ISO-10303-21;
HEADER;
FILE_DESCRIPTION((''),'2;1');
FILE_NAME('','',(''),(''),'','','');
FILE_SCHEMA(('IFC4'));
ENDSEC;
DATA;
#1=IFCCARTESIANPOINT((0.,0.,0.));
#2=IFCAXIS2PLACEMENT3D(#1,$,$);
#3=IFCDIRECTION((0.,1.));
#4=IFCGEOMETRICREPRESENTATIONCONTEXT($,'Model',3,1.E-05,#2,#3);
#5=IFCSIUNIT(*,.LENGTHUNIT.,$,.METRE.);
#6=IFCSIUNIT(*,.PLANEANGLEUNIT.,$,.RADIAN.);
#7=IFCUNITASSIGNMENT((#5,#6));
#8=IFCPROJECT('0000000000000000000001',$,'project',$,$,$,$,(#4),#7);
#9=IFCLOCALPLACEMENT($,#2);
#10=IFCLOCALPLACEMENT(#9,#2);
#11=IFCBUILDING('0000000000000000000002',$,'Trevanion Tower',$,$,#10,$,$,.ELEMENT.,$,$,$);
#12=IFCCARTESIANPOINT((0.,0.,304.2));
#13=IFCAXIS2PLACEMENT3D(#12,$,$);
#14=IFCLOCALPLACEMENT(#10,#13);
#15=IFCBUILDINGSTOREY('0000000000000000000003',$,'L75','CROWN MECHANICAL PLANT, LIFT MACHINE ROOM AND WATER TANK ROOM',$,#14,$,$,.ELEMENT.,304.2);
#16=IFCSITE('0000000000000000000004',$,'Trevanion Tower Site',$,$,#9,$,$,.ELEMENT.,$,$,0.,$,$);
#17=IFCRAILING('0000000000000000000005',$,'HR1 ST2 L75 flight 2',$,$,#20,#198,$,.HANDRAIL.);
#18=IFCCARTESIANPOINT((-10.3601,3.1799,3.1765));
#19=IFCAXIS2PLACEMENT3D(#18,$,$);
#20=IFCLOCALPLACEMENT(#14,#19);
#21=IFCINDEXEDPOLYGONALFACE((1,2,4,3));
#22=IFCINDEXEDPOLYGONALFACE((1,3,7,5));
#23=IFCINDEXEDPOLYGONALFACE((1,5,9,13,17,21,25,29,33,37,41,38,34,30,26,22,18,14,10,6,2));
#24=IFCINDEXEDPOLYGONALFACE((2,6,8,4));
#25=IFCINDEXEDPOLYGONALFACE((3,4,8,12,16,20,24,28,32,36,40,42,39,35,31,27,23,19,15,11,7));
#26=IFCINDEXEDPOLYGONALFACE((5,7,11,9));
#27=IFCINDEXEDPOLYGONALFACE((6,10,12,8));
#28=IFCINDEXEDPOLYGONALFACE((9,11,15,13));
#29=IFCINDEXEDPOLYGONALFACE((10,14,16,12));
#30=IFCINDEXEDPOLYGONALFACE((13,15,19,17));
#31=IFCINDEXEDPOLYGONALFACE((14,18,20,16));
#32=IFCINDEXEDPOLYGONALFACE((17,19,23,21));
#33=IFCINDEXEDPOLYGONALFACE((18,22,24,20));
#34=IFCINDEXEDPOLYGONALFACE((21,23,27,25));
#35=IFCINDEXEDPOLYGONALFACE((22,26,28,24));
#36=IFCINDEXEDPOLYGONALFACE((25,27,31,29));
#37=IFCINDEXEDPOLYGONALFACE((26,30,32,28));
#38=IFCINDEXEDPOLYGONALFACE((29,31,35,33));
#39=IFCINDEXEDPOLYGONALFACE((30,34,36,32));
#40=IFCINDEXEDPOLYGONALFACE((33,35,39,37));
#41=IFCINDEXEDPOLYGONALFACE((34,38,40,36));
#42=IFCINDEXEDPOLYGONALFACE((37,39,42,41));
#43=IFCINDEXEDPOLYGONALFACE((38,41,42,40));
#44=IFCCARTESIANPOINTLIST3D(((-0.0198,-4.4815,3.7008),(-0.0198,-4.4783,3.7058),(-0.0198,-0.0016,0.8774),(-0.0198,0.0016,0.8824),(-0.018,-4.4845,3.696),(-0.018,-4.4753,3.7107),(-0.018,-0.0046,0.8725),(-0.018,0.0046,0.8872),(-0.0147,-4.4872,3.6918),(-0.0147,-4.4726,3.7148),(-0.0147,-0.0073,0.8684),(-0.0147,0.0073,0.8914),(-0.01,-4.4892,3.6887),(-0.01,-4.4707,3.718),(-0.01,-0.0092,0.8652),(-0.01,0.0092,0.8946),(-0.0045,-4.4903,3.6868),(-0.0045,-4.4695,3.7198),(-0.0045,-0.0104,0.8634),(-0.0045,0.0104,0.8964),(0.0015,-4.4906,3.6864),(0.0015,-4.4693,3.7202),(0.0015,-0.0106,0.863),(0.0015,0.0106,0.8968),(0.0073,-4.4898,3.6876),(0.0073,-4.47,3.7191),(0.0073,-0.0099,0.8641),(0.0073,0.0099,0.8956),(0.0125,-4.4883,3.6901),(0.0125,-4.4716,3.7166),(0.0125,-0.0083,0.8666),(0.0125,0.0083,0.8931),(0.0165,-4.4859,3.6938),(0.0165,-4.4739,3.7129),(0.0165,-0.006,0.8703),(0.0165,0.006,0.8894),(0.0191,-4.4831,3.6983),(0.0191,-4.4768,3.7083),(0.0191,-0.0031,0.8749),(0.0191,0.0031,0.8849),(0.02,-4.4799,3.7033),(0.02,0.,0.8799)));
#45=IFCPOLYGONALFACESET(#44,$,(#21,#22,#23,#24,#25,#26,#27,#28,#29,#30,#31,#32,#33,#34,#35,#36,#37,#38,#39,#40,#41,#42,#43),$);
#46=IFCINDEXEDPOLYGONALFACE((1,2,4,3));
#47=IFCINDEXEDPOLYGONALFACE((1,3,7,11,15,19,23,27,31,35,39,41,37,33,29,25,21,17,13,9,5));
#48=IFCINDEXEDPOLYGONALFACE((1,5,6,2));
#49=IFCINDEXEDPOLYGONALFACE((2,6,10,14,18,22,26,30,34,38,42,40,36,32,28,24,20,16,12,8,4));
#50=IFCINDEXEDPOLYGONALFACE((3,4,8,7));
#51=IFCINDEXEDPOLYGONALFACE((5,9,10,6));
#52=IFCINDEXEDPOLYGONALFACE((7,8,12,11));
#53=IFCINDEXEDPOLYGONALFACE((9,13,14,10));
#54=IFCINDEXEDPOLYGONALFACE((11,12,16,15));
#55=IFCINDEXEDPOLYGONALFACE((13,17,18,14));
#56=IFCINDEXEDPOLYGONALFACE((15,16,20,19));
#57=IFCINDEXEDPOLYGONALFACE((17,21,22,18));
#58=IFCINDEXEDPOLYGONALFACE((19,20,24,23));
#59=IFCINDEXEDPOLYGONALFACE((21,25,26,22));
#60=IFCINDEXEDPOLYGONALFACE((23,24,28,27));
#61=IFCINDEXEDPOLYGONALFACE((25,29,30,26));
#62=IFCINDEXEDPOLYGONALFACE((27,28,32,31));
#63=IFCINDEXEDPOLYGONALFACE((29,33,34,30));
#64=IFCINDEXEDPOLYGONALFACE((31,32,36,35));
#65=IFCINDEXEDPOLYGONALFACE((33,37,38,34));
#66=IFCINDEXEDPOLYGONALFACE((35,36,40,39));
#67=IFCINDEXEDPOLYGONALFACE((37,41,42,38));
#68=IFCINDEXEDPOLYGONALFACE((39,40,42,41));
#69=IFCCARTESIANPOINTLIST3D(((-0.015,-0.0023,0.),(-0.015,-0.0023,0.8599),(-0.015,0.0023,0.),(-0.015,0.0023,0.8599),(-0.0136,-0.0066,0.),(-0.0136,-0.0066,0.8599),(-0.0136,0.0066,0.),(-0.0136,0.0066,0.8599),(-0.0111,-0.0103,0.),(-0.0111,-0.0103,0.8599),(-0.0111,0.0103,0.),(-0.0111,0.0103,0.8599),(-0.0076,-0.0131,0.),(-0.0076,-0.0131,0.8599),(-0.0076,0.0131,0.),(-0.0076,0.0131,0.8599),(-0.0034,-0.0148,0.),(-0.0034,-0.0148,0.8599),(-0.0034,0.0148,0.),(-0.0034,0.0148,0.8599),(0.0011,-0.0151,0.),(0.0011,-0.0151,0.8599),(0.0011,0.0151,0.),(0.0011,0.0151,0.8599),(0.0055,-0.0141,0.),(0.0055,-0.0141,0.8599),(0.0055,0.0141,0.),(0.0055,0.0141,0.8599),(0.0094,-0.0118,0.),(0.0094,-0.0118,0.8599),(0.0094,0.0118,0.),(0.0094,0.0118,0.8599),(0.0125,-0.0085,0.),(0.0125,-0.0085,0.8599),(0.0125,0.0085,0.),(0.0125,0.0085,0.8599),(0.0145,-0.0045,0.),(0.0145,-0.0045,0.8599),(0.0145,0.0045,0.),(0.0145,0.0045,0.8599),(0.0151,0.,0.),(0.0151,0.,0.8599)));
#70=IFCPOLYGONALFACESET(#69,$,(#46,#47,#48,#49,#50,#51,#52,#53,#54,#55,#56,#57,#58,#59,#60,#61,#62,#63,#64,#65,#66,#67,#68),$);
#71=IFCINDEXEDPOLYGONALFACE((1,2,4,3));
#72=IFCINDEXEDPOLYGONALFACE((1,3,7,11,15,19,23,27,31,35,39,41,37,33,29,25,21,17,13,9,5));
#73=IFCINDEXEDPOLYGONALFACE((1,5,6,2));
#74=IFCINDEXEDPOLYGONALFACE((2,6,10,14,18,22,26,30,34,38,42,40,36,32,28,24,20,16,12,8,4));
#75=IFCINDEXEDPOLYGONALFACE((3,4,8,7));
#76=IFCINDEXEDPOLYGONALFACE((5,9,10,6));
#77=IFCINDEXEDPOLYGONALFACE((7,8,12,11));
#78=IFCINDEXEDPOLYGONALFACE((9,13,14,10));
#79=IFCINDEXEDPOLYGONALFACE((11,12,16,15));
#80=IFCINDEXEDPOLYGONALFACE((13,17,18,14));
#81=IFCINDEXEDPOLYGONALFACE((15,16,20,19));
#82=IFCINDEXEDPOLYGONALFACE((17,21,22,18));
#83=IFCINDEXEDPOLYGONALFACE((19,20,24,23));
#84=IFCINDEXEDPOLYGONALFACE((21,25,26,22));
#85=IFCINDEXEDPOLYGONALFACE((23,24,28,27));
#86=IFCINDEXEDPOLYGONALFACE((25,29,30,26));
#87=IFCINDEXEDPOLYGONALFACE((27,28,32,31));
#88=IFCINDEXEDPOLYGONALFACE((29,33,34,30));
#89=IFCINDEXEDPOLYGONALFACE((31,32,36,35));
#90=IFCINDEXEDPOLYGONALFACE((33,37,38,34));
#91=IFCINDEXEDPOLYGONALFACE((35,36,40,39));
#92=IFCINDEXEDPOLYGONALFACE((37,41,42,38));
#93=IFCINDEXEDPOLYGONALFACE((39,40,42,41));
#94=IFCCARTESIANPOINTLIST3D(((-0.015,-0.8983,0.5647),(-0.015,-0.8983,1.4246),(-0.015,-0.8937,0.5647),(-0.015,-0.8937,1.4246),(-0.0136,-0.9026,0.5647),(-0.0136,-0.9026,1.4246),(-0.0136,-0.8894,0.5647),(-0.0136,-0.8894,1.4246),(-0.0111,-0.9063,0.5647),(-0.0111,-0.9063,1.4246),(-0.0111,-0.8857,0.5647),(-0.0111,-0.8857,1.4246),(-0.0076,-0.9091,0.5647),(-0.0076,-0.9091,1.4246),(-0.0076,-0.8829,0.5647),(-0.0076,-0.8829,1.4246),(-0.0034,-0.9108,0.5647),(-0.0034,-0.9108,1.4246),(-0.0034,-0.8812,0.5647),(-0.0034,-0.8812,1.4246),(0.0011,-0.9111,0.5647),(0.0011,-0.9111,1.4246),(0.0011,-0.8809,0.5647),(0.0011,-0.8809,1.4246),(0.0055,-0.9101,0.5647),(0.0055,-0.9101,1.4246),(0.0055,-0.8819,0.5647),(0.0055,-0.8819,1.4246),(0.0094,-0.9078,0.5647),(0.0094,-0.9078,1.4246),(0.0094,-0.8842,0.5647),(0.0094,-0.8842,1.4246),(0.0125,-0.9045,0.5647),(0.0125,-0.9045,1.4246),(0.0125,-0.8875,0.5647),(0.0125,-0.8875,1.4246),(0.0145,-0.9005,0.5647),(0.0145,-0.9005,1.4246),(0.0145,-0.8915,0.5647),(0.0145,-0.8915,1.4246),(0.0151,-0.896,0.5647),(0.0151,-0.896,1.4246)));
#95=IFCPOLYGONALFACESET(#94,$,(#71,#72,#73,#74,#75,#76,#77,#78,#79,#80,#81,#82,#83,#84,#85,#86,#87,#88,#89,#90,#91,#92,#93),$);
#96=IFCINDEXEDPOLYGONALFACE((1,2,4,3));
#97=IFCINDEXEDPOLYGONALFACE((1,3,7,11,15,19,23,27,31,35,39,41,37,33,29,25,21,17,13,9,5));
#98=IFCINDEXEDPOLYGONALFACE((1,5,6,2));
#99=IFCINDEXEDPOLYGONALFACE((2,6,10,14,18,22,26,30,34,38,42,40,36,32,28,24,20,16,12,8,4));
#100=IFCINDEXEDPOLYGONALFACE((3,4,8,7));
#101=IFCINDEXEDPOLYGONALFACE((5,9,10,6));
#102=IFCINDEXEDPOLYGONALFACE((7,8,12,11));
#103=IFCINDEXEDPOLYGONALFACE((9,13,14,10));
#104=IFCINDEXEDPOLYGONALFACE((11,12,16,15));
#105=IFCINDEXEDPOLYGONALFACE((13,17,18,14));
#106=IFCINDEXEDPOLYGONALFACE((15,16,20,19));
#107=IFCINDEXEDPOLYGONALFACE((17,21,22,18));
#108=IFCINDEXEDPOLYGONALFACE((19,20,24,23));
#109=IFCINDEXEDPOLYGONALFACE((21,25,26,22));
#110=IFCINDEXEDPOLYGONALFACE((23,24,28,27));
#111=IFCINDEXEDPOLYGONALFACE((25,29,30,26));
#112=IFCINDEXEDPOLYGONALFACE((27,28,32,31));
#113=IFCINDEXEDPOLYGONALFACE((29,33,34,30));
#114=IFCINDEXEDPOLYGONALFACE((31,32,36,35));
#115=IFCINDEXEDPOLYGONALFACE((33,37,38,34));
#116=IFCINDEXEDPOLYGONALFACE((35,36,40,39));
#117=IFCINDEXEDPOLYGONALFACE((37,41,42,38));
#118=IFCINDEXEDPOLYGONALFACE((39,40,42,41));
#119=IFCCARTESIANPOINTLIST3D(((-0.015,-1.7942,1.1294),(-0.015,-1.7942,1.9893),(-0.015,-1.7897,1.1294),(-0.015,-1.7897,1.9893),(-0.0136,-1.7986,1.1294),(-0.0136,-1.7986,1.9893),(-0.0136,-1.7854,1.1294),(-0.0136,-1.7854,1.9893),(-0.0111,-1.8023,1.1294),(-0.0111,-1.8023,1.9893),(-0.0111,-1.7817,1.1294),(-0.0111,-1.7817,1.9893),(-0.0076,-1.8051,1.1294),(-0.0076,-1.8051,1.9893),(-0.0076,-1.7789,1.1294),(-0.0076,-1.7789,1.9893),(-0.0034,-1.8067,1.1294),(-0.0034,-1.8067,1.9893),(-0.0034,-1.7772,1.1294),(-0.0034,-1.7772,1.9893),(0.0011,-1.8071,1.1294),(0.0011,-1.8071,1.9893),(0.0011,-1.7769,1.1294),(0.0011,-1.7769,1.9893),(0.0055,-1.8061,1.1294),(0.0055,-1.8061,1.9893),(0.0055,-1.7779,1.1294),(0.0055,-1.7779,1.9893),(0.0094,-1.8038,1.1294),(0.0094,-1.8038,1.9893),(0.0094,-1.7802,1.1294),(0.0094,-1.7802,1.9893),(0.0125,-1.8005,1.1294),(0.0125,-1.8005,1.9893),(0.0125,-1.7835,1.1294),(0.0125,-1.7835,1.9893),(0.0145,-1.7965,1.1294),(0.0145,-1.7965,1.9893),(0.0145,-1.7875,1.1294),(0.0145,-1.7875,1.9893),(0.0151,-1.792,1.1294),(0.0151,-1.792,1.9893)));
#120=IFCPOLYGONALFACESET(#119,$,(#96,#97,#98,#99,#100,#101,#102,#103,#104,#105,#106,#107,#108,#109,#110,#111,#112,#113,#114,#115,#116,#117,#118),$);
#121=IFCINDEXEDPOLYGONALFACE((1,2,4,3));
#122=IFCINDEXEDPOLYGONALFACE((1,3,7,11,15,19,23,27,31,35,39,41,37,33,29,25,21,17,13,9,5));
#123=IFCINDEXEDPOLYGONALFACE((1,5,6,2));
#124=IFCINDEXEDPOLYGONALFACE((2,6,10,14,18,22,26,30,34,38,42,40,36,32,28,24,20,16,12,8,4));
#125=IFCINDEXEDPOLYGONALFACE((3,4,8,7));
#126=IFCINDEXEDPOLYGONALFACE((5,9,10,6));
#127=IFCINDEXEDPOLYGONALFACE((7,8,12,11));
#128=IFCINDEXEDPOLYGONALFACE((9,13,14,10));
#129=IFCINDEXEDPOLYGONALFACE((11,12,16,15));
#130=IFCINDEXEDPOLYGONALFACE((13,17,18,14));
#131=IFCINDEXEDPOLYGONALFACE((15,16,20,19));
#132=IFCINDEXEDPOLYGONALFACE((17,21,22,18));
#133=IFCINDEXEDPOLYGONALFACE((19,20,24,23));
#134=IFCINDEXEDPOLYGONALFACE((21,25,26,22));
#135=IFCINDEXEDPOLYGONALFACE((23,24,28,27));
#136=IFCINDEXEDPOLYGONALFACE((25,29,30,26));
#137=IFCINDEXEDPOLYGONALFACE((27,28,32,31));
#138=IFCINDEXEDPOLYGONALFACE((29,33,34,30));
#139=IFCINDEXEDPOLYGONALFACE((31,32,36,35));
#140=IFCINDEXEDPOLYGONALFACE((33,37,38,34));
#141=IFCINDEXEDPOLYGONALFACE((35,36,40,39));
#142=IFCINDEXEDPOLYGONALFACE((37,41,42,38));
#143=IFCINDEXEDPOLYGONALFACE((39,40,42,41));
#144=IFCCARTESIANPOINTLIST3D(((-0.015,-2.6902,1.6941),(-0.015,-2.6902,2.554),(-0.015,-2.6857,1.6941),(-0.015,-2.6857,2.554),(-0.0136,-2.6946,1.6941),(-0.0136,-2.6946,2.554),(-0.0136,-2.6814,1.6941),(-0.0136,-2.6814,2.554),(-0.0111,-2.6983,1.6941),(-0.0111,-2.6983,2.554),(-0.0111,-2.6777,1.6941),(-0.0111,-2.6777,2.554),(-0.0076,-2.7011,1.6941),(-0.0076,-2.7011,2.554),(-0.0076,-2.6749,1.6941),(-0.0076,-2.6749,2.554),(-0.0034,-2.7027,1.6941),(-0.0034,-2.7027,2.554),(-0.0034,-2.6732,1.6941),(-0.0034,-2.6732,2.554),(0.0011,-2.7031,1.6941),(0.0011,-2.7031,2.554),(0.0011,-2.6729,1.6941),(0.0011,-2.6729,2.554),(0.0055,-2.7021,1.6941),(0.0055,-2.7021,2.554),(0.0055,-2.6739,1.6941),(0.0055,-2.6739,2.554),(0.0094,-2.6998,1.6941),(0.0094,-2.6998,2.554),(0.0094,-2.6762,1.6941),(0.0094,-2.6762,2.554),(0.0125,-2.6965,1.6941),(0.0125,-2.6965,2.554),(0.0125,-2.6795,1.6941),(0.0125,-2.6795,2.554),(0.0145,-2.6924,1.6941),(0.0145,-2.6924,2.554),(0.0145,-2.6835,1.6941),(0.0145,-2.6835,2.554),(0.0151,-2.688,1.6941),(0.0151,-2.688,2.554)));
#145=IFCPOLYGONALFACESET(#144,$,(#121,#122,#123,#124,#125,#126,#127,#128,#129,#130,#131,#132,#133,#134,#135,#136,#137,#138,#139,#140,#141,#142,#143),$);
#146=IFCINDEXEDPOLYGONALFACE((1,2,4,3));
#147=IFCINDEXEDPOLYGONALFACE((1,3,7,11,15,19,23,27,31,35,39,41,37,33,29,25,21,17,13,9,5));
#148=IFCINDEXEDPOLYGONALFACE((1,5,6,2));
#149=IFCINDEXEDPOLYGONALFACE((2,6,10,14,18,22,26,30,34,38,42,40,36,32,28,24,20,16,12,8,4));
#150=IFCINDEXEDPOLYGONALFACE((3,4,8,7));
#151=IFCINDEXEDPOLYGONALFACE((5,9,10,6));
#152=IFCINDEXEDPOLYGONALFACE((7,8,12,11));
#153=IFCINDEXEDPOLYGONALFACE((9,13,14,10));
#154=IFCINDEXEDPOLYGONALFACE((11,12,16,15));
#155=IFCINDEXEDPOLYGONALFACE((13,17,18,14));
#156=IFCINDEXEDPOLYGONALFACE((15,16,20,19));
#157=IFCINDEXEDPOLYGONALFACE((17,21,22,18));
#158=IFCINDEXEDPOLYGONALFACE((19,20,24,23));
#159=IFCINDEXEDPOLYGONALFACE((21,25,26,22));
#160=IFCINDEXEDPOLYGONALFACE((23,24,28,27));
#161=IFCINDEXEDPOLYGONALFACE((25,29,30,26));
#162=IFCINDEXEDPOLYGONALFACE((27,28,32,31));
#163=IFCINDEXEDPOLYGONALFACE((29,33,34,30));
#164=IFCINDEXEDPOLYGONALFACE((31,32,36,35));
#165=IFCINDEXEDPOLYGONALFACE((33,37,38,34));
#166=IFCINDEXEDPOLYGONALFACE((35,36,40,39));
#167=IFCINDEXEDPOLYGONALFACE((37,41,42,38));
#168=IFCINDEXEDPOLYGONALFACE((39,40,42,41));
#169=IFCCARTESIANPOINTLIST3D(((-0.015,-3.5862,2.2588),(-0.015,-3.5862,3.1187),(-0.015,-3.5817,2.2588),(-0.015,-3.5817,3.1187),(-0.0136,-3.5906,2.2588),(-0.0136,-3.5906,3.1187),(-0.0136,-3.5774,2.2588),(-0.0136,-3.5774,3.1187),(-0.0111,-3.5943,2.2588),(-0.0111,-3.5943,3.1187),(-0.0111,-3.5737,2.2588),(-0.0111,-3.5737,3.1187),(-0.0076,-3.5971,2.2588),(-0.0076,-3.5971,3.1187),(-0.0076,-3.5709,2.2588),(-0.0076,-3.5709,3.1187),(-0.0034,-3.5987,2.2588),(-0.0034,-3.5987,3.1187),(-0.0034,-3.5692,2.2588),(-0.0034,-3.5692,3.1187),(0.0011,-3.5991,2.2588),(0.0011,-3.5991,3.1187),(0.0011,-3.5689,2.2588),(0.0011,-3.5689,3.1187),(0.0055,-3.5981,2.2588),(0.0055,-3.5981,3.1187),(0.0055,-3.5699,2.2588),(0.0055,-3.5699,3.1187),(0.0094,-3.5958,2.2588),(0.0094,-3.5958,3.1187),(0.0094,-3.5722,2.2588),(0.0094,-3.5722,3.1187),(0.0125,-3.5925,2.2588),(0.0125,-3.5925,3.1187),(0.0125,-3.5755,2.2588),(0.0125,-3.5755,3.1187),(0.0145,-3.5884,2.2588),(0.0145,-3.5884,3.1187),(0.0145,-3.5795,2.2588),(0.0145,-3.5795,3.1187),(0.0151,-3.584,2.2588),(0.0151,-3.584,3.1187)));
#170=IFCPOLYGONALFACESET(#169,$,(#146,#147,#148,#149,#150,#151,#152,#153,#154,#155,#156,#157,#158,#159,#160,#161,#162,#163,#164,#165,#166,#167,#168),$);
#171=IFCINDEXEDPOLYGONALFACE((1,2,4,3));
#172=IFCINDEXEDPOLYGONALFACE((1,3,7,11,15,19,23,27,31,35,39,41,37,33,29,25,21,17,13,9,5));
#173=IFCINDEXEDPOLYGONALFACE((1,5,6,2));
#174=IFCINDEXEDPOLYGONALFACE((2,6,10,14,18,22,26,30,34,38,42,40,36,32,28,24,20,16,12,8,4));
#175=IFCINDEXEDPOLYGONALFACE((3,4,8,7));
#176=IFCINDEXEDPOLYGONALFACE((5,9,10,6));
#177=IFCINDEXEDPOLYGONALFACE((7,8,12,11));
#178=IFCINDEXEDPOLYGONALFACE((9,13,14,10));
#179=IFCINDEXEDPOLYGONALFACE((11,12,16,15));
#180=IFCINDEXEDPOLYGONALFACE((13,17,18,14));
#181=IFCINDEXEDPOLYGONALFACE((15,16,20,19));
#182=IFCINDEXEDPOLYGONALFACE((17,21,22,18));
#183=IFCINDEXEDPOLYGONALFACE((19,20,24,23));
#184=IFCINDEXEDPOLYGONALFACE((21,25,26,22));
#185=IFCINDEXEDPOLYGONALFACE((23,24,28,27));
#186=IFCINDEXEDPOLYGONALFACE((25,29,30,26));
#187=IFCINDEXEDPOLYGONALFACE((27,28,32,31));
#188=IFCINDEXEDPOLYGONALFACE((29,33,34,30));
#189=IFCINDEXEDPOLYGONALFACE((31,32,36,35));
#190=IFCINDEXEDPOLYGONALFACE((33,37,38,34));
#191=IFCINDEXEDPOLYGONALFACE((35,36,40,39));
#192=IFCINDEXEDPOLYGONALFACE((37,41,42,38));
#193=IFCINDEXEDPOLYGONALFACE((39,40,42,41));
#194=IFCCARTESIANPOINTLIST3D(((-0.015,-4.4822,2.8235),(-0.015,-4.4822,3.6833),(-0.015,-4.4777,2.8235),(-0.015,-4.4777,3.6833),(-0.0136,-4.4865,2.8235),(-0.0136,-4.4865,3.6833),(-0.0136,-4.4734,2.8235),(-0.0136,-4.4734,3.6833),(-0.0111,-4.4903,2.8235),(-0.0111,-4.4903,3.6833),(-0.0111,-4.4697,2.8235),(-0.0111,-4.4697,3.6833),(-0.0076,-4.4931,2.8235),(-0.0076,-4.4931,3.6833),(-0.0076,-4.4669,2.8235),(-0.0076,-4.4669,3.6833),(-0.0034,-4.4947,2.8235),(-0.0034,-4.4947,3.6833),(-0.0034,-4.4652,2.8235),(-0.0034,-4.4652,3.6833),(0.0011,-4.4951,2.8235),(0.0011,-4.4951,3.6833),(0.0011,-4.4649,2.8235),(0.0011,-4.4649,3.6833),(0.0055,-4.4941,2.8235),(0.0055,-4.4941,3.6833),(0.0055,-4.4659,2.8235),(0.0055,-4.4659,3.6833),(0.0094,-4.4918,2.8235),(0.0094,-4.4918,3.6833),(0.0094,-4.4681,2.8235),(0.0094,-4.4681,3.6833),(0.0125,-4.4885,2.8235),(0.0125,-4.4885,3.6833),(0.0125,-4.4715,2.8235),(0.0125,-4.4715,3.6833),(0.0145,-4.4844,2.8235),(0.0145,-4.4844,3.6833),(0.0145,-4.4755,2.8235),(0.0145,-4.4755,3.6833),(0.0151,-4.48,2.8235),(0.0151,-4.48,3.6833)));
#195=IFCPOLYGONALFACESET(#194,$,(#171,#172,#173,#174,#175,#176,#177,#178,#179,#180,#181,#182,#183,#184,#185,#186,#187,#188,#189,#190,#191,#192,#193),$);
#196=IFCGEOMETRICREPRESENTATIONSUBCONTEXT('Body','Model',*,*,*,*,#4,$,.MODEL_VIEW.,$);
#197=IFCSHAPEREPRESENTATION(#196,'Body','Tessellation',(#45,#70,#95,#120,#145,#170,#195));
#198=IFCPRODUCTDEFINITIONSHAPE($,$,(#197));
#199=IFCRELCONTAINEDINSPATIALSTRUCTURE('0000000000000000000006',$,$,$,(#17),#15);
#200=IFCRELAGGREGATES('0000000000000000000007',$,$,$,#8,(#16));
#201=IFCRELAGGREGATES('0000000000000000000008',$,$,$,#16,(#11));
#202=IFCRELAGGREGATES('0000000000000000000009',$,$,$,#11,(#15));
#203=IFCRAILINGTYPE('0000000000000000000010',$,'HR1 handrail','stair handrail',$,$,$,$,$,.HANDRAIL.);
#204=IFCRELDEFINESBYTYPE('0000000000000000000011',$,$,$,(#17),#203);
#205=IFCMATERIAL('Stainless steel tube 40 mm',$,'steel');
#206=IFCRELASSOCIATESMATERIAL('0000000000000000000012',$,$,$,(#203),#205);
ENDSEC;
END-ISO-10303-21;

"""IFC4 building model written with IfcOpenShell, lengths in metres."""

from ifc_helpers import new_model, si_unit, direction, frame, origin, origin_2d, place, context, subcontext, project, spatial, circle, extrude, material, type_object, element, save


model = new_model("IFC4")

# Units and contexts
model_context = context("Model", 3, precision=1e-05, world=origin(), true_north=direction((0.0, 1.0)))
body_context = subcontext(model_context, "Body", "Model", "MODEL_VIEW")
ifc_project = project(units=[si_unit("LENGTHUNIT", "METRE"), si_unit("PLANEANGLEUNIT", "RADIAN")], contexts=[model_context])

# Site, building, storey
site_placement = place(None, origin())
site = spatial("IfcSite", under=ifc_project, at=site_placement, Name="Trevanion Tower Site", CompositionType="ELEMENT", RefElevation=0.0)
building_placement = place(site_placement, origin())
building = spatial("IfcBuilding", under=site, at=building_placement, Name="Trevanion Tower", CompositionType="ELEMENT")
storey_placement = place(building_placement, frame((0.0, 0.0, 304.2)))
storey = spatial("IfcBuildingStorey", under=building, at=storey_placement, Name="L75", Description="CROWN MECHANICAL PLANT, LIFT MACHINE ROOM AND WATER TANK ROOM", CompositionType="ELEMENT", Elevation=304.2)

# Railing
ifc_material_1 = material(Name="Stainless steel tube 40 mm", Category="steel")
railing_type = type_object("IfcRailingType", Name="HR1 handrail", Description="stair handrail", PredefinedType="HANDRAIL", material=ifc_material_1)
for number, where, name in (
    (1, (-10.3601, 3.1799, 3.1765), "HR1 ST2 L75 flight 2"),
):
    element("IfcRailing", number, at=place(storey_placement, frame(where)), inside=storey, type_object=railing_type, Name=name, PredefinedType="HANDRAIL", context=body_context, shape_type="SweptSolid", body=[
        extrude(circle(Radius=0.02, at=origin_2d()), frame((0.0, 0.0, 0.8799), z_axis=(0.0, -0.845998, 0.533186), x_axis=(1.0, 0.0, 0.0)), (0.0, 0.0, 1.0), 5.2954),
        extrude(circle(Radius=0.0151, at=origin_2d()), origin(), (0.0, 0.0, 1.0), 0.8599),
        extrude(circle(Radius=0.0151, at=origin_2d()), frame((0.0, -0.896, 0.5647)), (0.0, 0.0, 1.0), 0.8599),
        extrude(circle(Radius=0.0151, at=origin_2d()), frame((0.0, -1.792, 1.1294)), (0.0, 0.0, 1.0), 0.8599),
        extrude(circle(Radius=0.0151, at=origin_2d()), frame((0.0, -2.688, 1.6941)), (0.0, 0.0, 1.0), 0.8599),
        extrude(circle(Radius=0.0151, at=origin_2d()), frame((0.0, -3.584, 2.2588)), (0.0, 0.0, 1.0), 0.8599),
        extrude(circle(Radius=0.0151, at=origin_2d()), frame((0.0, -4.48, 2.8235)), (0.0, 0.0, 1.0), 0.8599),
    ])

save(model, "model.ifc")
